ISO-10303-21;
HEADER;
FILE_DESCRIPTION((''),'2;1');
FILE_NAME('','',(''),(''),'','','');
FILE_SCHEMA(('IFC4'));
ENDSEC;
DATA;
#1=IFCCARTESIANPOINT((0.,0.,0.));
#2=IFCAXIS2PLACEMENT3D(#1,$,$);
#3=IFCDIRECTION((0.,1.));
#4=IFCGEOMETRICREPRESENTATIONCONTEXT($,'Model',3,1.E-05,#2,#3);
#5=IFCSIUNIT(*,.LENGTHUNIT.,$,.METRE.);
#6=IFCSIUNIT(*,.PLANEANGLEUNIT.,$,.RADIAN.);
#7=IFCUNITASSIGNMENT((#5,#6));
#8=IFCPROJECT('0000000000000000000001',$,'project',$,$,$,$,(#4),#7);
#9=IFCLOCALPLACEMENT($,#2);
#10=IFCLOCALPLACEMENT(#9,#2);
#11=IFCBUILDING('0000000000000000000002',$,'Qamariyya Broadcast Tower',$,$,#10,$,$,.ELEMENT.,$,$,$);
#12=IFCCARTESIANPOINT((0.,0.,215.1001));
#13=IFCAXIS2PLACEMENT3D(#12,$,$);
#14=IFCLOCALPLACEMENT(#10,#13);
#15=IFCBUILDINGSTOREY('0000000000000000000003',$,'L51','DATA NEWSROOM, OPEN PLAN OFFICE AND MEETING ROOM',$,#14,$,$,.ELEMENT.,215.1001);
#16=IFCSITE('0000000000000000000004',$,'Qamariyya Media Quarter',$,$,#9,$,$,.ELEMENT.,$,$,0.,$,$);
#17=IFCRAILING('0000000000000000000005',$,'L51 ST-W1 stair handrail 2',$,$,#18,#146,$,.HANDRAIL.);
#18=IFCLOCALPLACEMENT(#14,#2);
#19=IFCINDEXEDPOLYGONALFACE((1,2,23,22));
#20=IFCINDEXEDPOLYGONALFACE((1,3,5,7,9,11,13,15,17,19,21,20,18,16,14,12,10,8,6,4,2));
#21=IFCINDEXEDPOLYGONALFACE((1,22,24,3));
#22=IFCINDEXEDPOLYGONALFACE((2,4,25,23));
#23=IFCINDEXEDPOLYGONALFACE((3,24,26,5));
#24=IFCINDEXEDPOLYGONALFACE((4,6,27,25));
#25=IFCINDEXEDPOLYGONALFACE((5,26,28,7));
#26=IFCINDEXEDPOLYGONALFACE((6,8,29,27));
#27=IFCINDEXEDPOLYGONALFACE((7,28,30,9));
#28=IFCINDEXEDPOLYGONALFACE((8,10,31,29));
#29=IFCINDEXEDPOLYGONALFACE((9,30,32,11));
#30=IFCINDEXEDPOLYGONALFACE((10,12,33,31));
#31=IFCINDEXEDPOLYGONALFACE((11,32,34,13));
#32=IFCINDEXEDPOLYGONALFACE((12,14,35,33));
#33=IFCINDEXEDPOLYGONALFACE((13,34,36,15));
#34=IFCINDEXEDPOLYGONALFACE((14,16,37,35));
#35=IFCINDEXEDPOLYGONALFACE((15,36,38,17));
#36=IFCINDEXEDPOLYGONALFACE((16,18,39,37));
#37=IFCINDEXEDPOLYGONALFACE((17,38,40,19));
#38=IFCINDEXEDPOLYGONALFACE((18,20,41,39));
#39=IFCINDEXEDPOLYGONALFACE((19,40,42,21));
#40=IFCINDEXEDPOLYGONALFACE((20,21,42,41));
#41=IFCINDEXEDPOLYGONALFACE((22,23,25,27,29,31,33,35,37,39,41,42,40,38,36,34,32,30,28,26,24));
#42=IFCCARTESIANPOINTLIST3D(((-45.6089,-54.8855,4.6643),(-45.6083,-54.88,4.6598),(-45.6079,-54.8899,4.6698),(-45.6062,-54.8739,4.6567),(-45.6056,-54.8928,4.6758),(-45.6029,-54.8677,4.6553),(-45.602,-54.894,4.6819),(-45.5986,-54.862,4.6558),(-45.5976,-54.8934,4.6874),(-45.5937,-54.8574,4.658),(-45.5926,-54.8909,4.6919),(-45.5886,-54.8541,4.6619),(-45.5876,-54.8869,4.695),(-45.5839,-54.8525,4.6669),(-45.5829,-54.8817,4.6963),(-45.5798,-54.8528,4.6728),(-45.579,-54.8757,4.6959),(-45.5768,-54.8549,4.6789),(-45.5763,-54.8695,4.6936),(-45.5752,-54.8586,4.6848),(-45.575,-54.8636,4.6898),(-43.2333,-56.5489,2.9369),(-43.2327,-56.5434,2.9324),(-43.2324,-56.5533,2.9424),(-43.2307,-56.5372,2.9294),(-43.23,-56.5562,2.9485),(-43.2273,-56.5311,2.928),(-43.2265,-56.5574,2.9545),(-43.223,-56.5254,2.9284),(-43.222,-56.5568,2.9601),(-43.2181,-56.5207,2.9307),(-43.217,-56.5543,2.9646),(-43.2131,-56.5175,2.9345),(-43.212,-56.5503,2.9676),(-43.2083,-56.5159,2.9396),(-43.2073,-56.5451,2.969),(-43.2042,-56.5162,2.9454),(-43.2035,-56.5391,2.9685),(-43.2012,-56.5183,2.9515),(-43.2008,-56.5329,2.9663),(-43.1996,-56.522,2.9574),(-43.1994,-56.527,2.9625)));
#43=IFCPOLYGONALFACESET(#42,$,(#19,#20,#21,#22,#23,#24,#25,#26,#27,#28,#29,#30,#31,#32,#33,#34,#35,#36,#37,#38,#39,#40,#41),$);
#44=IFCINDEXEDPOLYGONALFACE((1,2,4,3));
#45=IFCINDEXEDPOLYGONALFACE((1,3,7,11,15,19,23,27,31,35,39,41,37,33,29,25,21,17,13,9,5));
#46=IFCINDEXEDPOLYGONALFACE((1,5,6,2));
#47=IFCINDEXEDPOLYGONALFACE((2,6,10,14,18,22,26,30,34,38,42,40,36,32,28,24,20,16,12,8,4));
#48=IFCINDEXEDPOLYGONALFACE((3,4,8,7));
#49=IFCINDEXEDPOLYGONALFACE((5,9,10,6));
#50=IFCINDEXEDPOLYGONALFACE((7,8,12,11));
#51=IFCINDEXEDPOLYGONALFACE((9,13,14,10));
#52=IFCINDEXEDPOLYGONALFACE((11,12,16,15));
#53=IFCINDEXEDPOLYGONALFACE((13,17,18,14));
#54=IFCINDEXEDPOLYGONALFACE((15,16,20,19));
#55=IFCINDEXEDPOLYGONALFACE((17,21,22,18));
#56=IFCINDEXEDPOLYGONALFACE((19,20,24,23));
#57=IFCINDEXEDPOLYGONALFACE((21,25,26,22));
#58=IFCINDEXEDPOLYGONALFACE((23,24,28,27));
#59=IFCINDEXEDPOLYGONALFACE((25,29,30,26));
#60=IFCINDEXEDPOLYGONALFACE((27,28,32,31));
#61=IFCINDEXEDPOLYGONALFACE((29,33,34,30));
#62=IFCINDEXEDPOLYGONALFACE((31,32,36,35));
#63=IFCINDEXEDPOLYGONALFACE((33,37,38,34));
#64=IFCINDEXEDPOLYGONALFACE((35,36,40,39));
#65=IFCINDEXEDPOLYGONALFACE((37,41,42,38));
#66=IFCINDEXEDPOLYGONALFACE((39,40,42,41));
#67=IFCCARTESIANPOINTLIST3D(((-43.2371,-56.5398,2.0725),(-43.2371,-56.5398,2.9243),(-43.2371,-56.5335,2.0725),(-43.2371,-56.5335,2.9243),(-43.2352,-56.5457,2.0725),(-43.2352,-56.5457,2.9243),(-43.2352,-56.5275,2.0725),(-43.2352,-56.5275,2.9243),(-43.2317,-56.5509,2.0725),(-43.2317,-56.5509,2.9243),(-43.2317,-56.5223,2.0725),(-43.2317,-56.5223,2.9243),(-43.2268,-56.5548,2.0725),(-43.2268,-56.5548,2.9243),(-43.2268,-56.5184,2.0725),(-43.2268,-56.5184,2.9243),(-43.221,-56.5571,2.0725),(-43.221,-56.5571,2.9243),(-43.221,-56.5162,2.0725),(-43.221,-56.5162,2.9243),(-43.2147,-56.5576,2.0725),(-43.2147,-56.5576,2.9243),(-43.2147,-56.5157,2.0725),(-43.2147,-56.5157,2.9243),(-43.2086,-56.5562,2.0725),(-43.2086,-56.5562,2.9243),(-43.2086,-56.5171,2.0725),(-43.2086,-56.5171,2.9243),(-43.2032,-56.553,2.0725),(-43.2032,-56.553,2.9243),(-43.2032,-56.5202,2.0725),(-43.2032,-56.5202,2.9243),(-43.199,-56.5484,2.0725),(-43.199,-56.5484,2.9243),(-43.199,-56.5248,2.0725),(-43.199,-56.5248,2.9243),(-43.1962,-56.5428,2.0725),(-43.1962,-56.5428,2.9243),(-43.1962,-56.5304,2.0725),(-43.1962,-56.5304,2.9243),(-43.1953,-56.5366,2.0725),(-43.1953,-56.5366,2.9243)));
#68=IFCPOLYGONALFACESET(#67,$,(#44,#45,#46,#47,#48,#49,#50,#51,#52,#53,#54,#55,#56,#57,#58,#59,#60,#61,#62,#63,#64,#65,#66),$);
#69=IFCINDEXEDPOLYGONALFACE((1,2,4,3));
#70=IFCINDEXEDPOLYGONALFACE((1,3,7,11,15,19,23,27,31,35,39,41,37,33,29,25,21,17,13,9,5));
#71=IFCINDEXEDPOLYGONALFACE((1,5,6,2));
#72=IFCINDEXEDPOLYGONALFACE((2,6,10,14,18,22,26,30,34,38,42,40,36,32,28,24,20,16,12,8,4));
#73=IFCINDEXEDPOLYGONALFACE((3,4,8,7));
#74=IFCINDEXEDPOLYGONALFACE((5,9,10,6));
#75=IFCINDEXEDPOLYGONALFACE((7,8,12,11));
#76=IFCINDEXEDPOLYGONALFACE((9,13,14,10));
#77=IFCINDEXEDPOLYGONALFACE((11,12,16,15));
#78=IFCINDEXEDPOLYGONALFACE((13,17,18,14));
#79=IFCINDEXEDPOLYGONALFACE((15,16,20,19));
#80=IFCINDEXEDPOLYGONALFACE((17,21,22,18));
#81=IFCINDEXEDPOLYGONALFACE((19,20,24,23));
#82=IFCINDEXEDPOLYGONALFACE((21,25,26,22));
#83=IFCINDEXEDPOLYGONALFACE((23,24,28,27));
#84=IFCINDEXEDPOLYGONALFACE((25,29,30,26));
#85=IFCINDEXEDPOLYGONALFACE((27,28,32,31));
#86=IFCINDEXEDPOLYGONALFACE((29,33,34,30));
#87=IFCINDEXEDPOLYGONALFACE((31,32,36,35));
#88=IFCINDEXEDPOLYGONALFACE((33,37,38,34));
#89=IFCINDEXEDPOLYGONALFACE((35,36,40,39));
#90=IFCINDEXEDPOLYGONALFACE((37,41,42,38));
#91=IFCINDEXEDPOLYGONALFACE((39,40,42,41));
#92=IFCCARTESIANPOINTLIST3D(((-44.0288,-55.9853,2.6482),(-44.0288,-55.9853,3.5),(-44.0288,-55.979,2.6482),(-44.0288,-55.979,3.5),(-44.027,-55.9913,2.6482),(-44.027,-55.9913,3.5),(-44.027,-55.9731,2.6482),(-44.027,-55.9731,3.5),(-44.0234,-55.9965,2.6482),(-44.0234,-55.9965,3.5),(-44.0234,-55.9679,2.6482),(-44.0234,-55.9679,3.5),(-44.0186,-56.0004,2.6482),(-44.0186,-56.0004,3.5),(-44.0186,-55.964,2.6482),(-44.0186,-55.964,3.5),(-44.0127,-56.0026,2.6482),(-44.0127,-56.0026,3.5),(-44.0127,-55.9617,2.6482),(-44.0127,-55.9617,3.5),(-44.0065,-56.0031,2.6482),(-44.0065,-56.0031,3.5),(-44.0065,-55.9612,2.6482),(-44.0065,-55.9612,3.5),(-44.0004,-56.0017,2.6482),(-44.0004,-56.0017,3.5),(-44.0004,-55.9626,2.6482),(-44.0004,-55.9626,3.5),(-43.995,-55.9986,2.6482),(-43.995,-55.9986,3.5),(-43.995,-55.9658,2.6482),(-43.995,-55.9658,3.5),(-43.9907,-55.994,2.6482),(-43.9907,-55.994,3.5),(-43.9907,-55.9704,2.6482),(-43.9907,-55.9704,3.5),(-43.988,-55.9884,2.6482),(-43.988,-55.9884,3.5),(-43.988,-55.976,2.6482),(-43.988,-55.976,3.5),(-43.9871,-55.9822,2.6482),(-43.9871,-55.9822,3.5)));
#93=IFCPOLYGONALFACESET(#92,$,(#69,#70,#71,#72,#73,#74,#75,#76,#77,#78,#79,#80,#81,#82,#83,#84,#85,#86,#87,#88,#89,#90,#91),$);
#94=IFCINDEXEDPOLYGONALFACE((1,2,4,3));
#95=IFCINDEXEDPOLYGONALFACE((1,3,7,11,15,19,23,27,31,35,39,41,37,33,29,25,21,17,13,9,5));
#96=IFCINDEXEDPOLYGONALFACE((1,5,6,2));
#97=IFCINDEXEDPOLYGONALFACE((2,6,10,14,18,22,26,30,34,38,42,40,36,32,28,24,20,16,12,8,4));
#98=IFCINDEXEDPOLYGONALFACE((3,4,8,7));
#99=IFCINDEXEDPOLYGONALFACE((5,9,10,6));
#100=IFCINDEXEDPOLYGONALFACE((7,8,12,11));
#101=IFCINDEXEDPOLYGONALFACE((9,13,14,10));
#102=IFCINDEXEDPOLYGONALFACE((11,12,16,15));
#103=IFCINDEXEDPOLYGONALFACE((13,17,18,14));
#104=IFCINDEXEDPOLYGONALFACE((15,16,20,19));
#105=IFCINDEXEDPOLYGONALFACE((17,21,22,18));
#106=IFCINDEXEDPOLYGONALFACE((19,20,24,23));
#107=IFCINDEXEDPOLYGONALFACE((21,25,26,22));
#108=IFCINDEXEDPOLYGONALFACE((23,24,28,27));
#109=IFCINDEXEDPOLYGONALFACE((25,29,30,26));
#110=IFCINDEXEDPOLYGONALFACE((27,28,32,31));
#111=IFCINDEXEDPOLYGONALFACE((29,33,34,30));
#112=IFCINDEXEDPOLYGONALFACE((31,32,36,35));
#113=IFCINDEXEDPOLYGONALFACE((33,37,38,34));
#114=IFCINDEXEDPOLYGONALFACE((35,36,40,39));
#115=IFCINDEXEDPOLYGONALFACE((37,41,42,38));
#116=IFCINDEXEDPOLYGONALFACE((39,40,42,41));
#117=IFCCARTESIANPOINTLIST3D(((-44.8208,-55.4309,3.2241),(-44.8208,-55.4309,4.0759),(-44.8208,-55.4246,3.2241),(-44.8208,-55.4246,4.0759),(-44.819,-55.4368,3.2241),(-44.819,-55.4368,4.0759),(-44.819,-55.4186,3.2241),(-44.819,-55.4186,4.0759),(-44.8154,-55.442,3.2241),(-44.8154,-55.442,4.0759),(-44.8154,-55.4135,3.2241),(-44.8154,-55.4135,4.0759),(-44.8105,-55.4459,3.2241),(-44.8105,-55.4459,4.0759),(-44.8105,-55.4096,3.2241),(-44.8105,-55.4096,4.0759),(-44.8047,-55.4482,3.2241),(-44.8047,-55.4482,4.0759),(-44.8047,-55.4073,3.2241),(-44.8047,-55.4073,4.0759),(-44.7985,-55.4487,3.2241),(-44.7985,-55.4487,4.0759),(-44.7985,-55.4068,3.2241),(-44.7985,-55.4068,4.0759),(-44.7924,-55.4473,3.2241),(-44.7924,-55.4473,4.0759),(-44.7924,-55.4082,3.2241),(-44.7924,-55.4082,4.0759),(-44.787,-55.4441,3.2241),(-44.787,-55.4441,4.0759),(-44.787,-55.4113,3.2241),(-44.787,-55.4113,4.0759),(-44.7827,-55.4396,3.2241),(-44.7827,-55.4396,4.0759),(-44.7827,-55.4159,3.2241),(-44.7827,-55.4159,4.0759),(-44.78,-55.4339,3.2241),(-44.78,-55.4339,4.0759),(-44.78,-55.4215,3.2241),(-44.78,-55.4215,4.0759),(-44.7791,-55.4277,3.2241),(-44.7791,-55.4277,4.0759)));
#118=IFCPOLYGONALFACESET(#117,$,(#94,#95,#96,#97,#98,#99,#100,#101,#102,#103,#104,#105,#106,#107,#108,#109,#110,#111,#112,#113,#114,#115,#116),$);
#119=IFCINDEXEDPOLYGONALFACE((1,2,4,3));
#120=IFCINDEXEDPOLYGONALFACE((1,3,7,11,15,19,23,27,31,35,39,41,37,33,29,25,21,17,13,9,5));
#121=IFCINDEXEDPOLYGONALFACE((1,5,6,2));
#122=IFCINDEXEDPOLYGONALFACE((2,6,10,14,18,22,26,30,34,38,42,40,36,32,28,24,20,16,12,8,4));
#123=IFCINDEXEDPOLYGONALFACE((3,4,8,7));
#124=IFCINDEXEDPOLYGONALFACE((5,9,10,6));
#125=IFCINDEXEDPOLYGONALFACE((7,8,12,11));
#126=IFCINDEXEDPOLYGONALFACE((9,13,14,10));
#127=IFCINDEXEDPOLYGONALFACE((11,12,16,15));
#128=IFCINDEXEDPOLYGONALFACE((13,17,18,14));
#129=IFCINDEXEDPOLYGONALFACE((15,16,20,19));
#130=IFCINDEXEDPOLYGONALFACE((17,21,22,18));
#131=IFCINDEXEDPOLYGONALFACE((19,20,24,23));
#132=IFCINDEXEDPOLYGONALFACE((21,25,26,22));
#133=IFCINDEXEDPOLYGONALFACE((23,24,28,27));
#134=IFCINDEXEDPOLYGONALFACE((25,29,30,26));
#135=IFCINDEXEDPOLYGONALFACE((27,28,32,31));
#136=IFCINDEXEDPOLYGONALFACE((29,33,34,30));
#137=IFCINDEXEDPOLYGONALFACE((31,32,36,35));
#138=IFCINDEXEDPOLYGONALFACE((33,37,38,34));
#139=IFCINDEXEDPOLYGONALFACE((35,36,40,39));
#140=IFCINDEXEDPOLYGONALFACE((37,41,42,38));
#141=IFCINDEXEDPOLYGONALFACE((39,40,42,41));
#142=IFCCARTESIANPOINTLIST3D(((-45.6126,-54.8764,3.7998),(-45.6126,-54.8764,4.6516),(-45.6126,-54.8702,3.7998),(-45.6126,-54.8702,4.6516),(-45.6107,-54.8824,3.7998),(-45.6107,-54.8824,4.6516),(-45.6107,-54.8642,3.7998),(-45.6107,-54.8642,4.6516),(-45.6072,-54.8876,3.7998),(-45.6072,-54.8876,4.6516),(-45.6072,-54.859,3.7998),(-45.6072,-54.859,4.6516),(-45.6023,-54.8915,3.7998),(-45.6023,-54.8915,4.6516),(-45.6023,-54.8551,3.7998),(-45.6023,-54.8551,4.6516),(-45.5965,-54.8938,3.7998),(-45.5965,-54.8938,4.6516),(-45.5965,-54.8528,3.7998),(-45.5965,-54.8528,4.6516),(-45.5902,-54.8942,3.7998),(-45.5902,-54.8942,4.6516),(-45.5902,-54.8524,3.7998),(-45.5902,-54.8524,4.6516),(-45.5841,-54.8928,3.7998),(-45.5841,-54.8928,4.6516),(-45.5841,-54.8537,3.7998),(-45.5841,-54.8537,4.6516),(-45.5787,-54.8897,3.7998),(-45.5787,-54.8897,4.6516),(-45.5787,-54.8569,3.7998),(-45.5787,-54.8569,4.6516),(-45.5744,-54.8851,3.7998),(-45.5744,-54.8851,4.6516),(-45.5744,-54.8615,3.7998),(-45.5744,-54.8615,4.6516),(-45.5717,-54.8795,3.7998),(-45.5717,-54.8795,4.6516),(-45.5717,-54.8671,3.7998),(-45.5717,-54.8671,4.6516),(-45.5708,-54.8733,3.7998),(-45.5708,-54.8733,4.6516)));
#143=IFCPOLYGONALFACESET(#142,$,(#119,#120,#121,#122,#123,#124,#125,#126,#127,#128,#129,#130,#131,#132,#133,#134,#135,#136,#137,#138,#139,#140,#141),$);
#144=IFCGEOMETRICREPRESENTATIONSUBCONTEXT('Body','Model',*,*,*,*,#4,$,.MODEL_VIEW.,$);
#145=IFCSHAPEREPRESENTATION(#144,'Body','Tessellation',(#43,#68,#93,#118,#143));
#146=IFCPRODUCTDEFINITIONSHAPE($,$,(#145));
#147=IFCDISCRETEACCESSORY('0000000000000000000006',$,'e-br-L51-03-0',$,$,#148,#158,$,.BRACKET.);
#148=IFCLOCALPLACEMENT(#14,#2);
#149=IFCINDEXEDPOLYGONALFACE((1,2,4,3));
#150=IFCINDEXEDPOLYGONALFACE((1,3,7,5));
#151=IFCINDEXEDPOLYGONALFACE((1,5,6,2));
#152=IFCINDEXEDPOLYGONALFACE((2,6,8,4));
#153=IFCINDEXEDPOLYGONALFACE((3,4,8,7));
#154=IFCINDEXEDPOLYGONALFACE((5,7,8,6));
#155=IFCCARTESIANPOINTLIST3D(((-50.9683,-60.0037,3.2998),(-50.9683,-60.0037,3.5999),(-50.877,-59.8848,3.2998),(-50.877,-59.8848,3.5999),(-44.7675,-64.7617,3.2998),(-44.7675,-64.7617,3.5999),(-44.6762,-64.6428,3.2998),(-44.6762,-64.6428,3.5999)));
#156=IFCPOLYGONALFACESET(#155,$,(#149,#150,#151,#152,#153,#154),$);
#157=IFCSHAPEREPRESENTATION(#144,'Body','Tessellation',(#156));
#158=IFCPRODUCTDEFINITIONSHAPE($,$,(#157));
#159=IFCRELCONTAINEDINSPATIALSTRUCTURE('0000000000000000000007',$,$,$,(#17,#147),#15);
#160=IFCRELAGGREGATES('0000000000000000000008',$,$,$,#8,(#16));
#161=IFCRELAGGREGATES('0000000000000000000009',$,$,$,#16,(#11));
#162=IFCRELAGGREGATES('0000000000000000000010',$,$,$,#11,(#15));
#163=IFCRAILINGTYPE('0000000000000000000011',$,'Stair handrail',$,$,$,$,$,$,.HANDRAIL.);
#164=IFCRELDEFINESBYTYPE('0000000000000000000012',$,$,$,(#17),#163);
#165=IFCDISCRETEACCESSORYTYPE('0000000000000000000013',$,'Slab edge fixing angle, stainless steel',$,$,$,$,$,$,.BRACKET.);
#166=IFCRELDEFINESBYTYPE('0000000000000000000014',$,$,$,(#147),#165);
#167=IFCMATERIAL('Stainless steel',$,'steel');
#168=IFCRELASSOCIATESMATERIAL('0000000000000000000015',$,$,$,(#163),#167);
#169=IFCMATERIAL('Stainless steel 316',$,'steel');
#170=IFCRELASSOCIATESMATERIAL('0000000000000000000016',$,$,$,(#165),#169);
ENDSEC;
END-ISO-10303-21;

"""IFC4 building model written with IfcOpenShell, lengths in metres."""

from ifc_helpers import new_model, si_unit, direction, frame, origin, origin_2d, place, context, subcontext, project, spatial, rectangle, circle, extrude, material, type_object, element, save


model = new_model("IFC4")

# Units and contexts
model_context = context("Model", 3, precision=1e-05, world=origin(), true_north=direction((0.0, 1.0)))
body_context = subcontext(model_context, "Body", "Model", "MODEL_VIEW")
ifc_project = project(units=[si_unit("LENGTHUNIT", "METRE"), si_unit("PLANEANGLEUNIT", "RADIAN")], contexts=[model_context])

# Site, building, storey
site_placement = place(None, origin())
site = spatial("IfcSite", under=ifc_project, at=site_placement, Name="Qamariyya Media Quarter", CompositionType="ELEMENT", RefElevation=0.0)
building_placement = place(site_placement, origin())
building = spatial("IfcBuilding", under=site, at=building_placement, Name="Qamariyya Broadcast Tower", CompositionType="ELEMENT")
storey_placement = place(building_placement, frame((0.0, 0.0, 215.1001)))
storey = spatial("IfcBuildingStorey", under=building, at=storey_placement, Name="L51", Description="DATA NEWSROOM, OPEN PLAN OFFICE AND MEETING ROOM", CompositionType="ELEMENT", Elevation=215.1001)

# Railing
ifc_material_1 = material(Name="Stainless steel", Category="steel")
railing_type_1 = type_object("IfcRailingType", Name="Stair handrail", PredefinedType="HANDRAIL", material=ifc_material_1)
railing_1_placement = place(storey_placement, frame((-43.2163, -56.5366, 2.0725)))
element("IfcRailing", 1, at=railing_1_placement, inside=storey, type_object=railing_type_1, Name="L51 ST-W1 stair handrail 2", PredefinedType="HANDRAIL", context=body_context, shape_type="SweptSolid", body=[
    extrude(circle(Radius=0.0239, at=origin_2d()), frame((0.0, 0.0, 0.876), z_axis=(-0.70377, 0.492784, 0.511734), x_axis=(-0.573575, -0.819153, 0.0)), (0.0, 0.0, 1.0), 3.3755),
    extrude(circle(Radius=0.021, at=origin_2d()), origin(), (0.0, 0.0, 1.0), 0.8518),
    extrude(circle(Radius=0.021, at=origin_2d()), frame((-0.7917, 0.5544, 0.5757)), (0.0, 0.0, 1.0), 0.8518),
    extrude(circle(Radius=0.021, at=origin_2d()), frame((-1.5837, 1.1089, 1.1516)), (0.0, 0.0, 1.0), 0.8518),
    extrude(circle(Radius=0.021, at=origin_2d()), frame((-2.3755, 1.6633, 1.7273)), (0.0, 0.0, 1.0), 0.8518),
])

# Discrete accessory
ifc_material_2 = material(Name="Stainless steel 316", Category="steel")
discrete_accessory_type = type_object("IfcDiscreteAccessoryType", Name="Slab edge fixing angle, stainless steel", PredefinedType="BRACKET", material=ifc_material_2)
discrete_accessory_placement = place(storey_placement, frame((-47.8223, -62.3232, 3.2998), z_axis=(0.0, 0.0, 1.0), x_axis=(0.793353, -0.608761, 0.0)))
element("IfcDiscreteAccessory", 2, at=discrete_accessory_placement, inside=storey, type_object=discrete_accessory_type, Name="e-br-L51-03-0", PredefinedType="BRACKET", context=body_context, shape_type="SweptSolid", body=[
    extrude(rectangle(XDim=7.8159, YDim=0.1499, at=origin_2d()), origin(), (0.0, 0.0, 1.0), 0.3),
])

save(model, "model.ifc")
